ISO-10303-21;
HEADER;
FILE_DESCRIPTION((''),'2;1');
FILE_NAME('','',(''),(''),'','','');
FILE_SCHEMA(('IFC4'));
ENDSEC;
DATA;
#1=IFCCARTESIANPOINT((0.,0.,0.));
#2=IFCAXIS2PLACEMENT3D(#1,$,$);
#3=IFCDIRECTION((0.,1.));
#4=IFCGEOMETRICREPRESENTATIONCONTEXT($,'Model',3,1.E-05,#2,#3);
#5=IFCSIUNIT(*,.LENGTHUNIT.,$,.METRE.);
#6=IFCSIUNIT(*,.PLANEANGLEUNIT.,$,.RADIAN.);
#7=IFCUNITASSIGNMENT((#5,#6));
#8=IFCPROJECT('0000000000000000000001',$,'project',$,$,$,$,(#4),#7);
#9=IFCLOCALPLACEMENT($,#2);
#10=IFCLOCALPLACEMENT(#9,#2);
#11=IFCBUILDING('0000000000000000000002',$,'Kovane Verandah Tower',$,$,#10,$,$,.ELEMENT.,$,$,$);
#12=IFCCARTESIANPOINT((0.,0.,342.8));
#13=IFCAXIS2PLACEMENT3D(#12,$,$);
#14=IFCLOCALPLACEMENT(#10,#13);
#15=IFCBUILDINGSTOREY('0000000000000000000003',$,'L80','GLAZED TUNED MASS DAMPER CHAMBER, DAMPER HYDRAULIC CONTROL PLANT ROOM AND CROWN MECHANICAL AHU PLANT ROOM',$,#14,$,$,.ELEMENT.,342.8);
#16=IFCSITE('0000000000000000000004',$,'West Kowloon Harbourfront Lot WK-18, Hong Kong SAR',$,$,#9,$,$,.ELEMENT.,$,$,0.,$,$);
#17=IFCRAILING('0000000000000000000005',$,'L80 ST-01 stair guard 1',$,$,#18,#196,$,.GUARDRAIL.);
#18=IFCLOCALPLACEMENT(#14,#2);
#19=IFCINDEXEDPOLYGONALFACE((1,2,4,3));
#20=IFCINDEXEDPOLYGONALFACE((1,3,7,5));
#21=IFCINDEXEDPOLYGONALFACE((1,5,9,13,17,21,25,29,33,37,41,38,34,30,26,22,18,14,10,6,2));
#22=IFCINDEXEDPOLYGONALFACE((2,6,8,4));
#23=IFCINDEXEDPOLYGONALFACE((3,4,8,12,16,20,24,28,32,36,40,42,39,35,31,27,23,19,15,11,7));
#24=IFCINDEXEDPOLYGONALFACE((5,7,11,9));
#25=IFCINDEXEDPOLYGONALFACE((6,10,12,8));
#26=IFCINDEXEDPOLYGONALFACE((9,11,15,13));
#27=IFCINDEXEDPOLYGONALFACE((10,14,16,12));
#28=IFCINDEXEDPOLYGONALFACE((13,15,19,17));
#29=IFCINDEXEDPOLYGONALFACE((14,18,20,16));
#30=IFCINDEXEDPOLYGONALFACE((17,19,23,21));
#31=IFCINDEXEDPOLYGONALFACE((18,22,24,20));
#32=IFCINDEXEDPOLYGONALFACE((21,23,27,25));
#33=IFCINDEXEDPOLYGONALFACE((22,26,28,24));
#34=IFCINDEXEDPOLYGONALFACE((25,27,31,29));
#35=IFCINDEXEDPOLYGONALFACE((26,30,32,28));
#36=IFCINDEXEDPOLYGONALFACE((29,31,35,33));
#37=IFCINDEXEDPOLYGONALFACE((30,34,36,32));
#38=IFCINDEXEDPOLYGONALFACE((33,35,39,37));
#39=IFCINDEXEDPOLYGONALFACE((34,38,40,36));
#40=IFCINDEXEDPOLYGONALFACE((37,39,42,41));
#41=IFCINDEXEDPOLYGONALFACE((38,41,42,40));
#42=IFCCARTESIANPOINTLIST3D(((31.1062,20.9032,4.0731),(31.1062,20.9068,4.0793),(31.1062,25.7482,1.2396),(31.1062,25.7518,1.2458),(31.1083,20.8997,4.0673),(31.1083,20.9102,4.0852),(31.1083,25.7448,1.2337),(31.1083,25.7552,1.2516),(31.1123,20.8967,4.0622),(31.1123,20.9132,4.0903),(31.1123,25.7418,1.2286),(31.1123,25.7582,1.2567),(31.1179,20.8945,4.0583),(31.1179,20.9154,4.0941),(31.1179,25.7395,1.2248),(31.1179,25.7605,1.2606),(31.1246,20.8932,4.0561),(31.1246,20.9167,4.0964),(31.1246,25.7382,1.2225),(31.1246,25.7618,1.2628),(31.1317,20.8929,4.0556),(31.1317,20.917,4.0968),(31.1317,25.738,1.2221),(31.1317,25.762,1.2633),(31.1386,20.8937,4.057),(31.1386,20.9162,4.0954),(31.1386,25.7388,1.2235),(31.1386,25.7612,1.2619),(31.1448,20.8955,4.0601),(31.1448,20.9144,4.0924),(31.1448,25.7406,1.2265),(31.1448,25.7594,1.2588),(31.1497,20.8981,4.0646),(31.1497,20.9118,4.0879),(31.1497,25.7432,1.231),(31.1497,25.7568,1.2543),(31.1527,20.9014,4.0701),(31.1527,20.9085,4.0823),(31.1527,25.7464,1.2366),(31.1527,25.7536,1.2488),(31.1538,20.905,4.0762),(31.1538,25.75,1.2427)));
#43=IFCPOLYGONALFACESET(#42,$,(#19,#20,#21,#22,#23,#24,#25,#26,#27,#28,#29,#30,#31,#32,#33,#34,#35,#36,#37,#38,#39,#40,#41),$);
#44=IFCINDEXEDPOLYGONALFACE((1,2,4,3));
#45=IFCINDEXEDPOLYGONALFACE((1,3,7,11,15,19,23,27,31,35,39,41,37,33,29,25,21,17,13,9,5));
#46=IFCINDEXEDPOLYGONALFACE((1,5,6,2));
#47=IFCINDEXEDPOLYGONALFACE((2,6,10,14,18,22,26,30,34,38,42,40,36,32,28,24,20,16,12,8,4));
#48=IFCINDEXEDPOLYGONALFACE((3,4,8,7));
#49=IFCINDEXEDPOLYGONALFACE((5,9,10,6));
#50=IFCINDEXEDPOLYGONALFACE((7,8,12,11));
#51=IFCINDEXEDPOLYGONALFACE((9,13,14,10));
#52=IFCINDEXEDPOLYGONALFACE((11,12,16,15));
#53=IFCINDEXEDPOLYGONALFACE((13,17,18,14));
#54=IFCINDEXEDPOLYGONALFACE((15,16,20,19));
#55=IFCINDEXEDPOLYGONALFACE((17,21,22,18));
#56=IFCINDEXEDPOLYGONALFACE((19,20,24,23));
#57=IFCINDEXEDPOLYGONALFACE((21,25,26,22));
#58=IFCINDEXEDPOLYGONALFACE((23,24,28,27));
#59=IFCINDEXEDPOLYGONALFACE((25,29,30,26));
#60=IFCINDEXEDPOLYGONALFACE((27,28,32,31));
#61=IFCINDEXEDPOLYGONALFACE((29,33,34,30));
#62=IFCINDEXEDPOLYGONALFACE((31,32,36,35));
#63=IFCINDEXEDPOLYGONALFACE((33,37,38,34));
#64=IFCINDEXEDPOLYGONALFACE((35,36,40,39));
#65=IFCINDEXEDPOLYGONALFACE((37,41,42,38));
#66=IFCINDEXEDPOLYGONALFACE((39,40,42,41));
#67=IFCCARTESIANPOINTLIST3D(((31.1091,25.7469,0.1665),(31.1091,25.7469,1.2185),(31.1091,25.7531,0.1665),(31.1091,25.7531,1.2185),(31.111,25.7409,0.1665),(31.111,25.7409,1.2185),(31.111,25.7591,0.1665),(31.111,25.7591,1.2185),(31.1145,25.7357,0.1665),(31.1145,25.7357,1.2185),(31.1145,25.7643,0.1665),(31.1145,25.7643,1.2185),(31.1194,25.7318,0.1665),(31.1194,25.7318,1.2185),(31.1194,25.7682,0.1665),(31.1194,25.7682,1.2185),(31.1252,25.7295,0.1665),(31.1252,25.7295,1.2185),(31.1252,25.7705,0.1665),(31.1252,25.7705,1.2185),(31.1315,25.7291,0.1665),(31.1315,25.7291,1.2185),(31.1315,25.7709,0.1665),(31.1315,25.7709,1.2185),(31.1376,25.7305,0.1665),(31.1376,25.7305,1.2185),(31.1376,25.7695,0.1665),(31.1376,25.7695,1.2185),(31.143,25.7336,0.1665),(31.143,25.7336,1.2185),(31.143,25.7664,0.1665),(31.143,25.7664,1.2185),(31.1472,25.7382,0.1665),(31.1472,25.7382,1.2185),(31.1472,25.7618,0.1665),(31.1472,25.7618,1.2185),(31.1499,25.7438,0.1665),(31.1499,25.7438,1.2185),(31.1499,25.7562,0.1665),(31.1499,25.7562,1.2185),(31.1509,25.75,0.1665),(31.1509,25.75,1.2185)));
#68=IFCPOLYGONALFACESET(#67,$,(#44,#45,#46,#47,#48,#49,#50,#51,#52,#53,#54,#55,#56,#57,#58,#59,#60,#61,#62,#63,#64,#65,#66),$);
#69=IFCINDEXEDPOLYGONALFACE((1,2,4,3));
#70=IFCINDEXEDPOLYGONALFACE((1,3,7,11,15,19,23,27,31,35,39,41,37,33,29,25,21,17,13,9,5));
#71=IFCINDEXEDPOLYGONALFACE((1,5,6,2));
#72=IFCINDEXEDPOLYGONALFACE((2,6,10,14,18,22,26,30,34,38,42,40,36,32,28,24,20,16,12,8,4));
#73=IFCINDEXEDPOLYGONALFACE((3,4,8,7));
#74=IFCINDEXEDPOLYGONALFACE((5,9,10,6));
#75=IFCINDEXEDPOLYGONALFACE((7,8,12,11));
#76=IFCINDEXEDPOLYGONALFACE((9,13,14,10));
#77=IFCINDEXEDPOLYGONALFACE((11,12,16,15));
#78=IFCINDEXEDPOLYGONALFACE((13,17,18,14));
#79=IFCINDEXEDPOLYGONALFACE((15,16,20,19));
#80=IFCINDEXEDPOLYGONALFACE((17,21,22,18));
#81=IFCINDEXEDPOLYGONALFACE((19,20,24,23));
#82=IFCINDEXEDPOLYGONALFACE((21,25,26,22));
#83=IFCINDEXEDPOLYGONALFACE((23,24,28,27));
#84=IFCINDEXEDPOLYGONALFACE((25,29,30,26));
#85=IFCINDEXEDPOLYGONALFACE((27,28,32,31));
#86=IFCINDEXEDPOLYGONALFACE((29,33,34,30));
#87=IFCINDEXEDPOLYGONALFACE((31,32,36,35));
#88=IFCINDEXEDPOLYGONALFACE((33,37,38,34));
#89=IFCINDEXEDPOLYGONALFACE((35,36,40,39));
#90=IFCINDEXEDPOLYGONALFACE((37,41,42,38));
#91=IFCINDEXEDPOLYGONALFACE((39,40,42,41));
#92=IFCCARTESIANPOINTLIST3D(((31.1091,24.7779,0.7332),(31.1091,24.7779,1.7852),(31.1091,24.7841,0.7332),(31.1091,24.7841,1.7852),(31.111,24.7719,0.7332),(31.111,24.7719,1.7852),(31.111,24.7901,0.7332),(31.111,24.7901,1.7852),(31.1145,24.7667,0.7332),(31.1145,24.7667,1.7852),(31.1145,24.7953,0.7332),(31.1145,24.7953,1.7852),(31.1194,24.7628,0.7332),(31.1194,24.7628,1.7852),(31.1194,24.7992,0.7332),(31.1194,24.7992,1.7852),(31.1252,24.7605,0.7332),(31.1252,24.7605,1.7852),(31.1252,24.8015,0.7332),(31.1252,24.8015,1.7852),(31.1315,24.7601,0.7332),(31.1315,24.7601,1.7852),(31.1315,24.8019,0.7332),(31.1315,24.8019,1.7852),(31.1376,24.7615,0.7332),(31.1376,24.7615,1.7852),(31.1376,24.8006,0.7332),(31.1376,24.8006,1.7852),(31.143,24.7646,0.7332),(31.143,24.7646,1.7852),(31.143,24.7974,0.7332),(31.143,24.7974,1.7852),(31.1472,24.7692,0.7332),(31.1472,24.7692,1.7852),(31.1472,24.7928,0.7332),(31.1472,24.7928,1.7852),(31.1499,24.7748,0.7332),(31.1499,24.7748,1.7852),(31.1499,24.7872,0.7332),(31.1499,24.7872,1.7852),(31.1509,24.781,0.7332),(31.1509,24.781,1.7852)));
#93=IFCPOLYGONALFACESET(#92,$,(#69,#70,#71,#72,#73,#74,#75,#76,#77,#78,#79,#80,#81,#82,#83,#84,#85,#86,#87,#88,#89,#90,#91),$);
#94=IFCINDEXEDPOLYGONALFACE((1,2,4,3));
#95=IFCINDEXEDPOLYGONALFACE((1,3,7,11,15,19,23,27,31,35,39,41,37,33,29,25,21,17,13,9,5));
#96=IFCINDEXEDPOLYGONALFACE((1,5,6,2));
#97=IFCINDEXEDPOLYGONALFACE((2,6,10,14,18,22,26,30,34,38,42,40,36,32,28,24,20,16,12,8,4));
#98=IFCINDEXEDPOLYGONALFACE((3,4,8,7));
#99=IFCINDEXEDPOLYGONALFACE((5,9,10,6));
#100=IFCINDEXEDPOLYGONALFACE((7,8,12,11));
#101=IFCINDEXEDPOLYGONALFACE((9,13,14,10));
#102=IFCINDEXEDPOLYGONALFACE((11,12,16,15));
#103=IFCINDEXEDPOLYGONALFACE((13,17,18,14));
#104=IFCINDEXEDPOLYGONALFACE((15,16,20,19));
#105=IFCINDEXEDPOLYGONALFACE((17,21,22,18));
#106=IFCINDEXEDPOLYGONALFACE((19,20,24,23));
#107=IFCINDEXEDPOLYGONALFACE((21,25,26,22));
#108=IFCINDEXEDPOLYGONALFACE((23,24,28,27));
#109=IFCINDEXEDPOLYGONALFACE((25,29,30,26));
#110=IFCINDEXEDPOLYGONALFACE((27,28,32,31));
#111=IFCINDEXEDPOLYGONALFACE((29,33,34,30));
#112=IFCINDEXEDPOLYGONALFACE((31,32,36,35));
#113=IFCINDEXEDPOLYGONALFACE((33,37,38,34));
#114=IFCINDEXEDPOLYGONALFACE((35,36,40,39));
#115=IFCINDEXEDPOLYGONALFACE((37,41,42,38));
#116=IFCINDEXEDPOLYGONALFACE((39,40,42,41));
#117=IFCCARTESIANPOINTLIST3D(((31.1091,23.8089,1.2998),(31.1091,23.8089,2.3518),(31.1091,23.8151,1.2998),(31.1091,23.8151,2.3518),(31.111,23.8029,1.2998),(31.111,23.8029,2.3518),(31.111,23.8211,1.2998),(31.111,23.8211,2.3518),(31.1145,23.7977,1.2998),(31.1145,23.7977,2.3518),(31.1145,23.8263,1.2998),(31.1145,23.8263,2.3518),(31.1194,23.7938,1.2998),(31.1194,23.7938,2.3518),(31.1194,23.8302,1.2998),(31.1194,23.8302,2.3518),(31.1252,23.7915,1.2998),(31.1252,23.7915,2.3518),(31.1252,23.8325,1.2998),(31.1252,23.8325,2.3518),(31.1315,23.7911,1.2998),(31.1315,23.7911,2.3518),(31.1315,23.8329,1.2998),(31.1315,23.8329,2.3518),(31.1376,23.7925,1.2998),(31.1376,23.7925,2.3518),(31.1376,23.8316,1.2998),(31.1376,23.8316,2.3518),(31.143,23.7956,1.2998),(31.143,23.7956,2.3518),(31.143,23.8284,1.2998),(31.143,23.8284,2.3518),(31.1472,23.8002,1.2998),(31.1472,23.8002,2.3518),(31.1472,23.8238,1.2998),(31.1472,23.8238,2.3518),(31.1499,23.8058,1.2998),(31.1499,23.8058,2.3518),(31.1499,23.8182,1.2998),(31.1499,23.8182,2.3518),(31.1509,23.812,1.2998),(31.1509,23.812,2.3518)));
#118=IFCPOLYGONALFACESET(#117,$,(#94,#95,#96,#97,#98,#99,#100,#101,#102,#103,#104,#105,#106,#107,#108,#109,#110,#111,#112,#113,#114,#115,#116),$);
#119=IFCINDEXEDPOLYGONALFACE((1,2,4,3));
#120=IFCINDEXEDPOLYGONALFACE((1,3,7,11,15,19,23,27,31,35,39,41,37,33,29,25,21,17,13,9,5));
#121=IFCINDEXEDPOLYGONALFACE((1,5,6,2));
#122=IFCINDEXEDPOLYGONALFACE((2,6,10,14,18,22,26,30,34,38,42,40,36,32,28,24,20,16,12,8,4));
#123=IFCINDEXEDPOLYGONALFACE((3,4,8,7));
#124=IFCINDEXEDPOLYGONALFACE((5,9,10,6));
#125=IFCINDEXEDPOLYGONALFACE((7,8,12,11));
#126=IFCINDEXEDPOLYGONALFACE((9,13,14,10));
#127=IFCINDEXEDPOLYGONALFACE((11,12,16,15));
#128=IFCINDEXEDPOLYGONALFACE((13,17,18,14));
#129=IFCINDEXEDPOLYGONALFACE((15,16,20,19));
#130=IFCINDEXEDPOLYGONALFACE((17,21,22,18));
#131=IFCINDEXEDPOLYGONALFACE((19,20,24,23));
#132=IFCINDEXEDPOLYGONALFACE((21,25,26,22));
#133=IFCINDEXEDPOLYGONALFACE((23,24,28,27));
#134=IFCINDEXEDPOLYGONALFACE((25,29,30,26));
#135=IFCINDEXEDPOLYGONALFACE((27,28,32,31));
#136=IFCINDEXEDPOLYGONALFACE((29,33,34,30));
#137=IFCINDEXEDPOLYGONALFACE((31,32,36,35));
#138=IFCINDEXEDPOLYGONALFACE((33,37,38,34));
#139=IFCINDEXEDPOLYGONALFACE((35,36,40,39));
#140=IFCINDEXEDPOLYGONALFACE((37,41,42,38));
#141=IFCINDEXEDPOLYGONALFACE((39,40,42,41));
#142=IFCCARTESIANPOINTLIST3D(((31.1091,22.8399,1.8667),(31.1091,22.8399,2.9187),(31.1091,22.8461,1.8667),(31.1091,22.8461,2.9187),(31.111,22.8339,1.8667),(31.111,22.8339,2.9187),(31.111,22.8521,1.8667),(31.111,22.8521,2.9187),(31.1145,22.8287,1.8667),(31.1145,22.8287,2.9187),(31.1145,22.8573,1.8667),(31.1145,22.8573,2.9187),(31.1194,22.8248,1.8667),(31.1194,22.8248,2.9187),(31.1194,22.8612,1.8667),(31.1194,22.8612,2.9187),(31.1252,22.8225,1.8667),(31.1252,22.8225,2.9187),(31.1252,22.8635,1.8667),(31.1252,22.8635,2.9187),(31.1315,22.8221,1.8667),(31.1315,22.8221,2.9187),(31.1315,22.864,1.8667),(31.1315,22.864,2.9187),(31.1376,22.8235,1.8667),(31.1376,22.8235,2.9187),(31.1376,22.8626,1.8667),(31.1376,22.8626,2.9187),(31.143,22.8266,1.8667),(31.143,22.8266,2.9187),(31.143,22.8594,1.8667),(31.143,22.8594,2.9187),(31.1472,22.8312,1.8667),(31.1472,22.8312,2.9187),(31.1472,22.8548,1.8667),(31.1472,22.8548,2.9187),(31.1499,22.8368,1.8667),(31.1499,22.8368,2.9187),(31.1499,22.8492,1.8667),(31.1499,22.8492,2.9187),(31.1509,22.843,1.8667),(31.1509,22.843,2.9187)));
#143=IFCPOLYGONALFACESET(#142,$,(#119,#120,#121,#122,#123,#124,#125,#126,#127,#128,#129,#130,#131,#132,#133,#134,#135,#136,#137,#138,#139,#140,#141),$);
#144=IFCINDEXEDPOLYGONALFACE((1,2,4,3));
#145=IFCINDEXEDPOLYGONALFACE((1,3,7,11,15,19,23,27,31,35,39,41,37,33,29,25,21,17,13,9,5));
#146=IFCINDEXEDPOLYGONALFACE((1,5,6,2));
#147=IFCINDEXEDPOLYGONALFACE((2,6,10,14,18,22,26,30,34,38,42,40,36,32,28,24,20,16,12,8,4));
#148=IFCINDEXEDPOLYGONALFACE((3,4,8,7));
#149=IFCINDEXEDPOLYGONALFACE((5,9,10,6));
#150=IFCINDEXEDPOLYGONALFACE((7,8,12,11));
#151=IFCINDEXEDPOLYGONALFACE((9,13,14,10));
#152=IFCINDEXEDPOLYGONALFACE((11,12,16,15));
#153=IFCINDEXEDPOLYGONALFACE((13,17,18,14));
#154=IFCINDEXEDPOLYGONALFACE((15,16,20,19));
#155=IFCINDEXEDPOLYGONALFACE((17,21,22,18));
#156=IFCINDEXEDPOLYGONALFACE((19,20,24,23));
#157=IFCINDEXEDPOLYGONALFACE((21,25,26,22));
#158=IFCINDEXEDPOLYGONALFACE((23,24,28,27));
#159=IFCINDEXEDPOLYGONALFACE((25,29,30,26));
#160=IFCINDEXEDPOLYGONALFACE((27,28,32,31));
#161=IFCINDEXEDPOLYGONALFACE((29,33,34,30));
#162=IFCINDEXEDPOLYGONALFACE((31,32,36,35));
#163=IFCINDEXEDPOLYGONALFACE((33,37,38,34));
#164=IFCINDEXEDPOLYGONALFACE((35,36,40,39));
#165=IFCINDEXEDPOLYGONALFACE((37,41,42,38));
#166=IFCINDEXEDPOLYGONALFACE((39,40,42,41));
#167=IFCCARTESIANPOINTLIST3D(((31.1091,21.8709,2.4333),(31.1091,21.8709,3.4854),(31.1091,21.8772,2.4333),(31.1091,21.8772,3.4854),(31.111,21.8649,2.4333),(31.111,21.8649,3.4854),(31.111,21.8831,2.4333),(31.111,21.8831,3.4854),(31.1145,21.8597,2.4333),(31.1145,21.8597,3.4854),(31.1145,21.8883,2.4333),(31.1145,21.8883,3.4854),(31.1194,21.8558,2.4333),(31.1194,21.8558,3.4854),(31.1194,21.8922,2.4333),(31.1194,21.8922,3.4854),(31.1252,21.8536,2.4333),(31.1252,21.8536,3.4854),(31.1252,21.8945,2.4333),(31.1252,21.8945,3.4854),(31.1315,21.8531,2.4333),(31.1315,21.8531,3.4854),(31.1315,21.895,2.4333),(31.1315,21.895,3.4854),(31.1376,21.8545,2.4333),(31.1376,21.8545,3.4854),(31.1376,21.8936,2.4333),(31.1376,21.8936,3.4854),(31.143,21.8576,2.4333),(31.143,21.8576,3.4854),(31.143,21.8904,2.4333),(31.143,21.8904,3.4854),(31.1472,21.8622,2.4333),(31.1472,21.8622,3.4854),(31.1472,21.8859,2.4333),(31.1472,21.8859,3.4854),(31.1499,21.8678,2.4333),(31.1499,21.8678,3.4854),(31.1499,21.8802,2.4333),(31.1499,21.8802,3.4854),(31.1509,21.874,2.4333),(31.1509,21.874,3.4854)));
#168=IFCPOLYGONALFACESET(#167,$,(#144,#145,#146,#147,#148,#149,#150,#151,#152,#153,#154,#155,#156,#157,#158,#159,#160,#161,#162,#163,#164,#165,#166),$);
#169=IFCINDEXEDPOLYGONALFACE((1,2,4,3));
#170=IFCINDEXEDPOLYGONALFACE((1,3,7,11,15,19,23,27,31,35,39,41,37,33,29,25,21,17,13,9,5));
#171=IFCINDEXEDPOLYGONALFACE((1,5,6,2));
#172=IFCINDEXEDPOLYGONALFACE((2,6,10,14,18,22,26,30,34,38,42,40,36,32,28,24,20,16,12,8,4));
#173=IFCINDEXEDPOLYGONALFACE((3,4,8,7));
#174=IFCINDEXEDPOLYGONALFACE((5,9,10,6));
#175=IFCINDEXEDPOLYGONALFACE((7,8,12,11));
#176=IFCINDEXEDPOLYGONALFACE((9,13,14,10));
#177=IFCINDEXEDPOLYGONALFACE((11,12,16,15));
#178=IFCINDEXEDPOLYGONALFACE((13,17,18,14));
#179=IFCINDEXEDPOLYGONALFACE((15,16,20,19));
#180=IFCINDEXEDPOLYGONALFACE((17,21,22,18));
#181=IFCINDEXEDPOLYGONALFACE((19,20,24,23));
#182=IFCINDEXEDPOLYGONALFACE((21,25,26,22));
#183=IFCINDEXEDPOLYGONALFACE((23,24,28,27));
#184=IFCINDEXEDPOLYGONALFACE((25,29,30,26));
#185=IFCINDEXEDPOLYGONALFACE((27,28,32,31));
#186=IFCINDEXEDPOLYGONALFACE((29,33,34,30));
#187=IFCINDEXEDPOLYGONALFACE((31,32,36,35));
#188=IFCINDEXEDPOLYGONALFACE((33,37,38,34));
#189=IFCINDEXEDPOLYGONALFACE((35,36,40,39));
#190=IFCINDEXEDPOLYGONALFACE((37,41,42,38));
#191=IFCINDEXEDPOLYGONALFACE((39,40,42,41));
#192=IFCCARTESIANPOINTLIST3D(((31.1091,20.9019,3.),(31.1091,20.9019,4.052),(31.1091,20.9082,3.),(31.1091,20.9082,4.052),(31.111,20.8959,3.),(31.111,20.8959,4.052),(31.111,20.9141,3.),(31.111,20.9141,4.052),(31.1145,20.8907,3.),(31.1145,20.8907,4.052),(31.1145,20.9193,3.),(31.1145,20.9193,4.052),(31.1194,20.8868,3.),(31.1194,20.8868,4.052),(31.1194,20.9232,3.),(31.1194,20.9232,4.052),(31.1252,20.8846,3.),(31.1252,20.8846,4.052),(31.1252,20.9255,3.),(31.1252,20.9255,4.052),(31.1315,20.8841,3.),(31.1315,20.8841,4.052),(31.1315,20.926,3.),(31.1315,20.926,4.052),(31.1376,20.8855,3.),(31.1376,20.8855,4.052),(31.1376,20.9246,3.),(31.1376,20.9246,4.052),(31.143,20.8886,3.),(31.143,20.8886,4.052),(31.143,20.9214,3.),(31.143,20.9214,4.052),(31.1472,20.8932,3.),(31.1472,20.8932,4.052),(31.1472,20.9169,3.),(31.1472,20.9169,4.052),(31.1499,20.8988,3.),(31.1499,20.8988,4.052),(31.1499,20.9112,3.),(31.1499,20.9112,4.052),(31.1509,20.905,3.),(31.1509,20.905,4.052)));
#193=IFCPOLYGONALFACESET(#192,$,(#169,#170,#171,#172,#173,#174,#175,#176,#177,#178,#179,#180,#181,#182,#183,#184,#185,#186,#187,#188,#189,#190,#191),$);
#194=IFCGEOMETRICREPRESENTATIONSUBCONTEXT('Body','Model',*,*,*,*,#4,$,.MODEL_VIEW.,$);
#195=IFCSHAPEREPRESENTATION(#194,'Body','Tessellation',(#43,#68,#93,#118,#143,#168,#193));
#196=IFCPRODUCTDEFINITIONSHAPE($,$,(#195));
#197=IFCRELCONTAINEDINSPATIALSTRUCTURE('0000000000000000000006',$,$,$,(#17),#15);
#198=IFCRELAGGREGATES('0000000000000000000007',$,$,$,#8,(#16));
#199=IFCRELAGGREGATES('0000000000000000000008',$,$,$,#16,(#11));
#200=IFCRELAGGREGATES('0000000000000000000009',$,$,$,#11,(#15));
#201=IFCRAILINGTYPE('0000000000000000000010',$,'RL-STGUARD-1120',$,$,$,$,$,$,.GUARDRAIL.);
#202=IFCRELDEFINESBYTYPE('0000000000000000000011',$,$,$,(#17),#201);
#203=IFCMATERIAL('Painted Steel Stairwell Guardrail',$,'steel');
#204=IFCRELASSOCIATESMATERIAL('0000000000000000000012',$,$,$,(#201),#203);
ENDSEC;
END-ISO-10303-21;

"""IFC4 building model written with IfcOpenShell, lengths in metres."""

from ifc_helpers import new_model, si_unit, direction, frame, origin, origin_2d, place, context, subcontext, project, spatial, circle, extrude, material, type_object, element, save


model = new_model("IFC4")

# Units and contexts
model_context = context("Model", 3, precision=1e-05, world=origin(), true_north=direction((0.0, 1.0)))
body_context = subcontext(model_context, "Body", "Model", "MODEL_VIEW")
ifc_project = project(units=[si_unit("LENGTHUNIT", "METRE"), si_unit("PLANEANGLEUNIT", "RADIAN")], contexts=[model_context])

# Site, building, storey
site_placement = place(None, origin())
site = spatial("IfcSite", under=ifc_project, at=site_placement, Name="West Kowloon Harbourfront Lot WK-18, Hong Kong SAR", CompositionType="ELEMENT", RefElevation=0.0)
building_placement = place(site_placement, origin())
building = spatial("IfcBuilding", under=site, at=building_placement, Name="Kovane Verandah Tower", CompositionType="ELEMENT")
storey_placement = place(building_placement, frame((0.0, 0.0, 342.8)))
storey = spatial("IfcBuildingStorey", under=building, at=storey_placement, Name="L80", Description="GLAZED TUNED MASS DAMPER CHAMBER, DAMPER HYDRAULIC CONTROL PLANT ROOM AND CROWN MECHANICAL AHU PLANT ROOM", CompositionType="ELEMENT", Elevation=342.8)

# Railing
ifc_material_1 = material(Name="Painted Steel Stairwell Guardrail", Category="steel")
railing_type_1 = type_object("IfcRailingType", Name="RL-STGUARD-1120", PredefinedType="GUARDRAIL", material=ifc_material_1)
railing_1_placement = place(storey_placement, frame((31.1299, 25.75, 0.1665)))
element("IfcRailing", 1, at=railing_1_placement, inside=storey, type_object=railing_type_1, Name="L80 ST-01 stair guard 1", PredefinedType="GUARDRAIL", context=body_context, shape_type="SweptSolid", body=[
    extrude(circle(Radius=0.0239, at=origin_2d()), frame((0.0, 0.0, 1.0762), z_axis=(0.0, -0.863215, 0.504836), x_axis=(1.0, 0.0, 0.0)), (0.0, 0.0, 1.0), 5.6128),
    extrude(circle(Radius=0.021, at=origin_2d()), origin(), (0.0, 0.0, 1.0), 1.052),
    extrude(circle(Radius=0.021, at=origin_2d()), frame((0.0, -0.969, 0.5667)), (0.0, 0.0, 1.0), 1.052),
    extrude(circle(Radius=0.021, at=origin_2d()), frame((0.0, -1.938, 1.1333)), (0.0, 0.0, 1.0), 1.052),
    extrude(circle(Radius=0.021, at=origin_2d()), frame((0.0, -2.907, 1.7002)), (0.0, 0.0, 1.0), 1.052),
    extrude(circle(Radius=0.021, at=origin_2d()), frame((0.0, -3.876, 2.2668)), (0.0, 0.0, 1.0), 1.052),
    extrude(circle(Radius=0.021, at=origin_2d()), frame((0.0, -4.845, 2.8335)), (0.0, 0.0, 1.0), 1.052),
])

save(model, "model.ifc")
